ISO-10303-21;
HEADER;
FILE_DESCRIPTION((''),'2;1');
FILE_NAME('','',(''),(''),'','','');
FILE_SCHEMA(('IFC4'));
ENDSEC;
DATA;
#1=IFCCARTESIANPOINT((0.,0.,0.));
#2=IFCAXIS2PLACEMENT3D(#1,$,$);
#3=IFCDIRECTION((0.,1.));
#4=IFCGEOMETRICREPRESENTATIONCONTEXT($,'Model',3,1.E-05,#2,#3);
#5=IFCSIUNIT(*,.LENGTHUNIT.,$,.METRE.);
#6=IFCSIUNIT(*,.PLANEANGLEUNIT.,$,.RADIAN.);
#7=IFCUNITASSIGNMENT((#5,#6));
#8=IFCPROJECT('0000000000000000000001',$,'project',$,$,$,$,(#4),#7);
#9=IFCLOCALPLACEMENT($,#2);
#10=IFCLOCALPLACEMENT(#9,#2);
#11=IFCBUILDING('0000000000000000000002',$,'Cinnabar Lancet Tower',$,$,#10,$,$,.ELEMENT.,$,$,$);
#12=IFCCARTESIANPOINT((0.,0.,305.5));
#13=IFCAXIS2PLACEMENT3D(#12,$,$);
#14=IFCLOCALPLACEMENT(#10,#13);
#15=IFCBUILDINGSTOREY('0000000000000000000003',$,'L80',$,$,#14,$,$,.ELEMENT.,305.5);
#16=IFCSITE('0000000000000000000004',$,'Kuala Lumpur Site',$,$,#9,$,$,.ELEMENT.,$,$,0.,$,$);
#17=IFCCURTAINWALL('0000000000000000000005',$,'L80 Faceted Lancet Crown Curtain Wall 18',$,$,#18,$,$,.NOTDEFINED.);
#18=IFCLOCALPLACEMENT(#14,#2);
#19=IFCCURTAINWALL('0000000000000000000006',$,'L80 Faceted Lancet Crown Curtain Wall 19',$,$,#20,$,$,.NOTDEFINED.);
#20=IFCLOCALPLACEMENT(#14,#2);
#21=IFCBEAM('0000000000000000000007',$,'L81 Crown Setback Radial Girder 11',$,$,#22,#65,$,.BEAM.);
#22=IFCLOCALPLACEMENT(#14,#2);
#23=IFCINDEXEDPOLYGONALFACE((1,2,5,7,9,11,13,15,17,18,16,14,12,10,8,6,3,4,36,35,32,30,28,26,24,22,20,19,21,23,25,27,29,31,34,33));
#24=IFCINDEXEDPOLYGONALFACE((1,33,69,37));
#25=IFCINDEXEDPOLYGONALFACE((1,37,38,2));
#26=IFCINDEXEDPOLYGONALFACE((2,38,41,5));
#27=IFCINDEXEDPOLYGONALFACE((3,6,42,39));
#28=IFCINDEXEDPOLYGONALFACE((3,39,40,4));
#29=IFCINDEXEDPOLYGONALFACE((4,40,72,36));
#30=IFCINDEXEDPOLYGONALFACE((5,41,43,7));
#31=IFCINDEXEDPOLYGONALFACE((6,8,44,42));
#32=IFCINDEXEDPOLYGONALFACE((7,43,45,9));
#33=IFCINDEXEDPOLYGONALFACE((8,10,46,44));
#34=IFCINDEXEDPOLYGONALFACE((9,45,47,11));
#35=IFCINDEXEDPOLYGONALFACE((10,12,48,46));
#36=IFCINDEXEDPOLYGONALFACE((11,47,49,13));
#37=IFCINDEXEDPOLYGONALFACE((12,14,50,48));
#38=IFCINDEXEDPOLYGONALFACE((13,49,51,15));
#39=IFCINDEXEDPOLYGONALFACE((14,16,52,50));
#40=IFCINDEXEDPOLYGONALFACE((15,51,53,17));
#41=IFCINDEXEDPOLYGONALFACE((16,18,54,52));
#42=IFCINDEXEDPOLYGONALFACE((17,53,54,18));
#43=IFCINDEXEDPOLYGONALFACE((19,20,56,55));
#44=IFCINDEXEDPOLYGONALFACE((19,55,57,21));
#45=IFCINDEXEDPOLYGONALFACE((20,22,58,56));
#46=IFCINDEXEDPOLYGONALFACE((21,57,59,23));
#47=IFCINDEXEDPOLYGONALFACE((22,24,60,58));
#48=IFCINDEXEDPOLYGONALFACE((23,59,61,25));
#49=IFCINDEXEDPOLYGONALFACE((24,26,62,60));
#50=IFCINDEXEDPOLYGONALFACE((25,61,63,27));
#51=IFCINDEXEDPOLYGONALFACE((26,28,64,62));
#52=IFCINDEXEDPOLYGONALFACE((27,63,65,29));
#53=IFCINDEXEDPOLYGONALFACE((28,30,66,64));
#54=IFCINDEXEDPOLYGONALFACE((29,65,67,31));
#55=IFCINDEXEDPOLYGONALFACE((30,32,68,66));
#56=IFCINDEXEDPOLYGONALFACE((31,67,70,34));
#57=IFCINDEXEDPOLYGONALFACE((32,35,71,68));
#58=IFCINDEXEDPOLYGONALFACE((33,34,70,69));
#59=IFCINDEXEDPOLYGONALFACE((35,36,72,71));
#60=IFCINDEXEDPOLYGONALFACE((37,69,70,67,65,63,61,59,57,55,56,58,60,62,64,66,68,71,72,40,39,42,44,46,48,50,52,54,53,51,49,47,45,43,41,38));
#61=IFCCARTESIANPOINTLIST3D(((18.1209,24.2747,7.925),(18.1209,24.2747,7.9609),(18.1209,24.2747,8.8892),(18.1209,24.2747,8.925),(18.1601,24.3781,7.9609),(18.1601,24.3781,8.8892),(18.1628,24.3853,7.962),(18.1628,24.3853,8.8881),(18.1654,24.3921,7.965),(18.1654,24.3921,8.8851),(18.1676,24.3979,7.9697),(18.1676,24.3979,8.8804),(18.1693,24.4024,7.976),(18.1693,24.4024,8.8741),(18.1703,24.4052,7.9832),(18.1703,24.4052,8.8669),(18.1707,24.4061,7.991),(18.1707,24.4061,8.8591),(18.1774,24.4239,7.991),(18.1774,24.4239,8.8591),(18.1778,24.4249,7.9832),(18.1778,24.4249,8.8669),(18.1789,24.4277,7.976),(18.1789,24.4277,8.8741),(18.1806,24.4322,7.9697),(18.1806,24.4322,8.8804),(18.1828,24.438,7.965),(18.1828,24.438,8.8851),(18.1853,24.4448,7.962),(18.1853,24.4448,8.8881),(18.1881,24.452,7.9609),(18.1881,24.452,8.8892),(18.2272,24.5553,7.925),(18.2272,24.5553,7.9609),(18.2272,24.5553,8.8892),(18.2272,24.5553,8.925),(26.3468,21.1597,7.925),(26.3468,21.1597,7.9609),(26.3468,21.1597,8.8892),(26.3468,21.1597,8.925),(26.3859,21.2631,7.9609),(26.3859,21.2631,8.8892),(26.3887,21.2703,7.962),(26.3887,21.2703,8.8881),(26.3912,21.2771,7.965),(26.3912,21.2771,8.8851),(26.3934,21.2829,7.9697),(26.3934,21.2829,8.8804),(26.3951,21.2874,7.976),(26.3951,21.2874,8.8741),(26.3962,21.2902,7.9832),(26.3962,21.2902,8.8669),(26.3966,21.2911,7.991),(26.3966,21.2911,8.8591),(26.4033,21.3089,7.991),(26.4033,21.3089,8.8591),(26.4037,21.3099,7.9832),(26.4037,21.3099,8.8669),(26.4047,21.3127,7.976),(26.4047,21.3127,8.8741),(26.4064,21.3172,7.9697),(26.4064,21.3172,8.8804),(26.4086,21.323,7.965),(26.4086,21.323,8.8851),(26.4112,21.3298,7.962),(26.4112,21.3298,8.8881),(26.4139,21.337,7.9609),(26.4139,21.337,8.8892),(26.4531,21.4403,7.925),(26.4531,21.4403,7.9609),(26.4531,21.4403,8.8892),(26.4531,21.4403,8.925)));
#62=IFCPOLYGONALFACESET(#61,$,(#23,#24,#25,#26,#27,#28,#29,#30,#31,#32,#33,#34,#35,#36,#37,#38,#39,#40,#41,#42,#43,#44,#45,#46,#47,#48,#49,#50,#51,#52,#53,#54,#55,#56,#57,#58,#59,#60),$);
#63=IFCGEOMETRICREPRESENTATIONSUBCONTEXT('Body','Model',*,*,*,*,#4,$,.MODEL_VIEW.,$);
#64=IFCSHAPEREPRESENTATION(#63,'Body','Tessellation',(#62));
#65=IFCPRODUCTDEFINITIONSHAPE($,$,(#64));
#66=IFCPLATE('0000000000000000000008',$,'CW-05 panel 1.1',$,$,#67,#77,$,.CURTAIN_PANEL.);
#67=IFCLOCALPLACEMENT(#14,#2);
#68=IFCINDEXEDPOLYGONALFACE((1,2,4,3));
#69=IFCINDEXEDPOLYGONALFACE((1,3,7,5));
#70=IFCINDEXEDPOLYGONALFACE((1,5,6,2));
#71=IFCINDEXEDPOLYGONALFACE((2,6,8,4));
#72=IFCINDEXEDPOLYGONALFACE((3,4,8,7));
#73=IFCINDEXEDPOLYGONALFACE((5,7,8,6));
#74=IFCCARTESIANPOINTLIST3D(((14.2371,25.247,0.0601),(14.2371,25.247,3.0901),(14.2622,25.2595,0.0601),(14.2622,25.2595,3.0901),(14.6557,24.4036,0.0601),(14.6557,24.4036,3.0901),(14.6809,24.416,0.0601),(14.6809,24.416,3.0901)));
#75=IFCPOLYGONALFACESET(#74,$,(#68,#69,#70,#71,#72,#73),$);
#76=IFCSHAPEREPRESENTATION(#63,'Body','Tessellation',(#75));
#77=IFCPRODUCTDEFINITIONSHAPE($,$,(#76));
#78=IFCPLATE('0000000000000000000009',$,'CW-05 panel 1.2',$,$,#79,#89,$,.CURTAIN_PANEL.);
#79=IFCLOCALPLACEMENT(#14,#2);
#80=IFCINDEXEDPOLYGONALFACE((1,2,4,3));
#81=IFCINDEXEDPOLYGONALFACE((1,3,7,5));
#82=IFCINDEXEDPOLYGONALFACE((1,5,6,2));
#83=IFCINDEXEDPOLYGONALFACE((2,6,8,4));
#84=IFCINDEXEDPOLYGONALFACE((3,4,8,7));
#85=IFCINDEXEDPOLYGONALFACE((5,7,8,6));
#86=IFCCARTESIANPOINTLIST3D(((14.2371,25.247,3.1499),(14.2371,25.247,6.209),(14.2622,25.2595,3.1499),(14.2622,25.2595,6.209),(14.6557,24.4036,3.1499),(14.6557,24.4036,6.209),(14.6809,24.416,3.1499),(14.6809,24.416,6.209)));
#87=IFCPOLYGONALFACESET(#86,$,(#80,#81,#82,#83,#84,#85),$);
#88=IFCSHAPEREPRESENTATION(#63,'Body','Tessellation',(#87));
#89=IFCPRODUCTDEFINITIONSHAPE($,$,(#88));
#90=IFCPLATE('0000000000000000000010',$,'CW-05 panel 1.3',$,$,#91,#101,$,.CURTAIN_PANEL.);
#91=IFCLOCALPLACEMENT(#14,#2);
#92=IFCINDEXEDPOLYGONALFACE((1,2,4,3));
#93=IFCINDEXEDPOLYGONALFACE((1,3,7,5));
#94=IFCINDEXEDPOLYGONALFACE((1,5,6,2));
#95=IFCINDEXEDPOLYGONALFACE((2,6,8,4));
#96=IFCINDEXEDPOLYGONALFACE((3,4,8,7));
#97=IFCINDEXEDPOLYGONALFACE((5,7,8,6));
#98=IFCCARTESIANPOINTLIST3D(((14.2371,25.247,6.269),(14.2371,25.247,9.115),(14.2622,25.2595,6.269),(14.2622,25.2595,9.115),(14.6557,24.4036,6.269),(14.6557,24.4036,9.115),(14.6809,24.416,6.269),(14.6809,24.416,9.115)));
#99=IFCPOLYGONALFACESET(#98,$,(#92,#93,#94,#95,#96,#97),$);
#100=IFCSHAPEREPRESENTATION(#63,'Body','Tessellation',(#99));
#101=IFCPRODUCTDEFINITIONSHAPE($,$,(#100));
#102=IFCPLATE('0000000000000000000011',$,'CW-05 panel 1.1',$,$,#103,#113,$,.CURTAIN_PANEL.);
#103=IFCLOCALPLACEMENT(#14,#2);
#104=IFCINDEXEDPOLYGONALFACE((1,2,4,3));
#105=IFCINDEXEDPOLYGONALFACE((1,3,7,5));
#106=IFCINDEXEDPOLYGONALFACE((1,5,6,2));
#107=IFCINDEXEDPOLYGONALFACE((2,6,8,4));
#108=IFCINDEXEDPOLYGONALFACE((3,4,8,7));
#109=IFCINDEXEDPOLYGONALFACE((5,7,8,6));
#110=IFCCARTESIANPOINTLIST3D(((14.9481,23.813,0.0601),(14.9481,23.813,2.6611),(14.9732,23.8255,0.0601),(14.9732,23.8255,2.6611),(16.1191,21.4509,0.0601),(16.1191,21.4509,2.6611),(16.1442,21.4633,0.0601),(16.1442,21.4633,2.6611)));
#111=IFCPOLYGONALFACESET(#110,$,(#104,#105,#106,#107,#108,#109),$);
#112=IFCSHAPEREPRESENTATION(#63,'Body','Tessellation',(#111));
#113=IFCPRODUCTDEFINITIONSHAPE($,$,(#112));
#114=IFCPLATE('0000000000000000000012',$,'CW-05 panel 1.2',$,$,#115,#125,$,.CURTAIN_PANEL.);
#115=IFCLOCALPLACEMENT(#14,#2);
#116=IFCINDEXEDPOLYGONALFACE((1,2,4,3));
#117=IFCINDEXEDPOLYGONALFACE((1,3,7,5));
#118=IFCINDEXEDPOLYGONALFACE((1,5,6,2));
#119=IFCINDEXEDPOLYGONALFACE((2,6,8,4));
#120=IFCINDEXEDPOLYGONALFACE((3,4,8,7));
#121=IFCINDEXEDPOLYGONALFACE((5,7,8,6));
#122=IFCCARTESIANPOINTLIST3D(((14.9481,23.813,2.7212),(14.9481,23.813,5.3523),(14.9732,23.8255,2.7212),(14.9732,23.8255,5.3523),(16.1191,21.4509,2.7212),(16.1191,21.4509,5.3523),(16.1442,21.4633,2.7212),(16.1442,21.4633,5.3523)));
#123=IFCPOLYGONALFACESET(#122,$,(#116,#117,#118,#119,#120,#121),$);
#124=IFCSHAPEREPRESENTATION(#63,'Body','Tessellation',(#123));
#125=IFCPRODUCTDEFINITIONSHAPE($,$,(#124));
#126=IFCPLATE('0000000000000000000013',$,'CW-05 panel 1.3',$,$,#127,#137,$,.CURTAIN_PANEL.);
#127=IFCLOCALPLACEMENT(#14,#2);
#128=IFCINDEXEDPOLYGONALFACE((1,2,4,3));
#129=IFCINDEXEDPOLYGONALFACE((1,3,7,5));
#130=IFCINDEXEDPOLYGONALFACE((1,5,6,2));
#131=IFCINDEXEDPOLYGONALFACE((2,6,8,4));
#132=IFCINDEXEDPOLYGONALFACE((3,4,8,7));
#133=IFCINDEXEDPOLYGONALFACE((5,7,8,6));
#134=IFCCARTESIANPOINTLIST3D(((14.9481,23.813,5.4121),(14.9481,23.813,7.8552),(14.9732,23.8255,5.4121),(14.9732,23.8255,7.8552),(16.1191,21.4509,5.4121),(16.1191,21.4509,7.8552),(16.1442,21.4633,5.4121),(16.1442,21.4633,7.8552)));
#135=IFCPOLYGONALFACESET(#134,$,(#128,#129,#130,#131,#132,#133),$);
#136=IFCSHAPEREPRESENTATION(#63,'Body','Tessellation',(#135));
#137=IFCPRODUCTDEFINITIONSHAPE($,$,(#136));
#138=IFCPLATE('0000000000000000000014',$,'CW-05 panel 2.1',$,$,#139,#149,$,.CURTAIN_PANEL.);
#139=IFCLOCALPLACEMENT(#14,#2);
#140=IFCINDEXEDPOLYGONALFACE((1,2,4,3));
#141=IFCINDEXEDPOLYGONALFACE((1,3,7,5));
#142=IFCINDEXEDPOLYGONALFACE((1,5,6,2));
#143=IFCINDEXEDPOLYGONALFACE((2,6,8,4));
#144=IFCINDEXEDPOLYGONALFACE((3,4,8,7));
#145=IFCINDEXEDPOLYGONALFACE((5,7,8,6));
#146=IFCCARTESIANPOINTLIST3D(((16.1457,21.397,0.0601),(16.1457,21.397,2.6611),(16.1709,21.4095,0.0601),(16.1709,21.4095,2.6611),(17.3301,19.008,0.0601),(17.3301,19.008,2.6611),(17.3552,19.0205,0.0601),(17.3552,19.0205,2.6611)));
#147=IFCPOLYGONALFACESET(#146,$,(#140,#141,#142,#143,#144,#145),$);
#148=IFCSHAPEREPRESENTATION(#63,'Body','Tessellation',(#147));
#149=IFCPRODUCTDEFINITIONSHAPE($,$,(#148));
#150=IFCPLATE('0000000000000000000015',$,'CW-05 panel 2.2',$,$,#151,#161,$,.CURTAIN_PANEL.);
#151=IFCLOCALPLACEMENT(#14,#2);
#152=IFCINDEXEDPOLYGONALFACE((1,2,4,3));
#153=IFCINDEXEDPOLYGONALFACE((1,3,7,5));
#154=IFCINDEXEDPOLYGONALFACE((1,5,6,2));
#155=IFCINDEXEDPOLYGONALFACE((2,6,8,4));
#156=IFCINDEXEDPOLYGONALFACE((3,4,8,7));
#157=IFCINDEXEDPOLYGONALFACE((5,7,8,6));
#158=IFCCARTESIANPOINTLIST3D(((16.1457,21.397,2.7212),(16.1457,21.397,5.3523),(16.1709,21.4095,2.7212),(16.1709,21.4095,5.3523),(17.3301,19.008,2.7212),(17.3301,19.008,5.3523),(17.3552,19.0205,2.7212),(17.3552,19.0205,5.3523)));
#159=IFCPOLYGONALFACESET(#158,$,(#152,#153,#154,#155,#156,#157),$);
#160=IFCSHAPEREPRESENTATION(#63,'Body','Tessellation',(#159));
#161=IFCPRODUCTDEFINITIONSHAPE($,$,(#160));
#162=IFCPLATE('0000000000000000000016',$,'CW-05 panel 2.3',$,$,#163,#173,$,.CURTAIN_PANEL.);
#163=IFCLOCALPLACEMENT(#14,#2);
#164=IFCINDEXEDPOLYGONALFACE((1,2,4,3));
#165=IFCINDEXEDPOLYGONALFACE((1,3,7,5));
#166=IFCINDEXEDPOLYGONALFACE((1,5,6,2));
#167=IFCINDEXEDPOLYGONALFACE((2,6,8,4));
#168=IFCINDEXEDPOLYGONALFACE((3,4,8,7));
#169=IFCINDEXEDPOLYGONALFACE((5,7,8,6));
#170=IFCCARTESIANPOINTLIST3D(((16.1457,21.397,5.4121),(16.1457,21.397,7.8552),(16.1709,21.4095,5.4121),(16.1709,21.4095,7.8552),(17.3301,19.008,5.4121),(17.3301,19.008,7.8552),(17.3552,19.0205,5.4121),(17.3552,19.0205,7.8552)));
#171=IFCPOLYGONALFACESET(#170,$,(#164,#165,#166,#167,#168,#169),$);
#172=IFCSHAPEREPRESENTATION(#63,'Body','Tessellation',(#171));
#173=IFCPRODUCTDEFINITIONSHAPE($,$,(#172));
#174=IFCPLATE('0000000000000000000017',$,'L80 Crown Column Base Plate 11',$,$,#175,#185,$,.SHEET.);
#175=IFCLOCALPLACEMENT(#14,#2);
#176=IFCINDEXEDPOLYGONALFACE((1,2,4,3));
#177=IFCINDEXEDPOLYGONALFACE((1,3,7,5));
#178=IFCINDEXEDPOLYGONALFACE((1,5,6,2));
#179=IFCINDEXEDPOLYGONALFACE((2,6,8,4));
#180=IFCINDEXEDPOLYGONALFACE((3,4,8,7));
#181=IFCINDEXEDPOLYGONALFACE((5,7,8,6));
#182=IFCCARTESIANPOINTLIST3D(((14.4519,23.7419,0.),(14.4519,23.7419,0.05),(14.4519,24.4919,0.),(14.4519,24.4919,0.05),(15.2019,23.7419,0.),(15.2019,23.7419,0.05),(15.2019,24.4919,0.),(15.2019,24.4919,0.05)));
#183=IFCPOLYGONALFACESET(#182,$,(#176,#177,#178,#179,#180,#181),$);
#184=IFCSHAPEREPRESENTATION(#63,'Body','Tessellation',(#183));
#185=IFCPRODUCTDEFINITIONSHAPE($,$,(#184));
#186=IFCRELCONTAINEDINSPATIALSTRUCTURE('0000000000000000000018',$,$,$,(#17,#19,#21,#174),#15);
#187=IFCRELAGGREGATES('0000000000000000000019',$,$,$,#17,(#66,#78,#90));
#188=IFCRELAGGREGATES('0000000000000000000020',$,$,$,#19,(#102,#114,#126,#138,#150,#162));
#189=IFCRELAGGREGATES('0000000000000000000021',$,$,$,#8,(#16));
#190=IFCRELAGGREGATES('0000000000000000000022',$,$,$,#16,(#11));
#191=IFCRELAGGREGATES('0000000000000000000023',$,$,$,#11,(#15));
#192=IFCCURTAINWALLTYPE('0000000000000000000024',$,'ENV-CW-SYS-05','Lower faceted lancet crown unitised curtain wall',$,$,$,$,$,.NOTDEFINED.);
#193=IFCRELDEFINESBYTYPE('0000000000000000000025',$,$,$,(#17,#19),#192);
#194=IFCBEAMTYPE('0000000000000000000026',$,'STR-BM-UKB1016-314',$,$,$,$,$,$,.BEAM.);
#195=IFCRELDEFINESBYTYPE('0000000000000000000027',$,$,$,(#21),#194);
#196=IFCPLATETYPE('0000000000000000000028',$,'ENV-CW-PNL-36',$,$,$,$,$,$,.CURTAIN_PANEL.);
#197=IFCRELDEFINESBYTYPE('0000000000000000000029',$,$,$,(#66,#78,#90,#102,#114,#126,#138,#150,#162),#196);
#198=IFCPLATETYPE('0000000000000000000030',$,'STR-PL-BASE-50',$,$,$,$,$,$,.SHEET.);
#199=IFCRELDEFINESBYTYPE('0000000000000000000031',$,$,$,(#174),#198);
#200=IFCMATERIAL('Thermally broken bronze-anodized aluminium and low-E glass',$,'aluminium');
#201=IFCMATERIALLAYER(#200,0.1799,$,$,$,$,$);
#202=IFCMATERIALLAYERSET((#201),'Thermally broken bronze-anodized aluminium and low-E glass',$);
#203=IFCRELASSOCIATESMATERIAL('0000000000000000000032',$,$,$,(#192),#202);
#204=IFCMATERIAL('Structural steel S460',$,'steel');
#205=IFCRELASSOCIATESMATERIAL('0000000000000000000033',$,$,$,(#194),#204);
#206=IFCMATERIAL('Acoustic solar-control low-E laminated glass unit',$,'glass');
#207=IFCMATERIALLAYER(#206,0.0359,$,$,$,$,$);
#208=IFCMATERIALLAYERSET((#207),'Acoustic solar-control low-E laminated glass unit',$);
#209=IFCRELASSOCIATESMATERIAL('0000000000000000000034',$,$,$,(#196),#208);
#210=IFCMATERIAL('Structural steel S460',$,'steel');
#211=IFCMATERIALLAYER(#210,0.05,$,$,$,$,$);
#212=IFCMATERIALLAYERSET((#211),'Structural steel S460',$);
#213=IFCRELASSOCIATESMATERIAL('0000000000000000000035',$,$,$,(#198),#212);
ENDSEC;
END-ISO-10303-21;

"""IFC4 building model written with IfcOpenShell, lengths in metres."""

from ifc_helpers import new_model, si_unit, direction, frame, origin, origin_2d, place, context, subcontext, project, spatial, rectangle, i_section, extrude, material, layer, layer_set, material_profile, profile_set, type_object, element, aggregate, save


model = new_model("IFC4")

# Units and contexts
model_context = context("Model", 3, precision=1e-05, world=origin(), true_north=direction((0.0, 1.0)))
body_context = subcontext(model_context, "Body", "Model", "MODEL_VIEW")
ifc_project = project(units=[si_unit("LENGTHUNIT", "METRE"), si_unit("PLANEANGLEUNIT", "RADIAN")], contexts=[model_context])

# Site, building, storey
site_placement = place(None, origin())
site = spatial("IfcSite", under=ifc_project, at=site_placement, Name="Kuala Lumpur Site", CompositionType="ELEMENT", RefElevation=0.0)
building_placement = place(site_placement, origin())
building = spatial("IfcBuilding", under=site, at=building_placement, Name="Cinnabar Lancet Tower", CompositionType="ELEMENT")
storey_placement = place(building_placement, frame((0.0, 0.0, 305.5)))
storey = spatial("IfcBuildingStorey", under=building, at=storey_placement, Name="L80", CompositionType="ELEMENT", Elevation=305.5)

# Curtain walls
ifc_material_1 = material(Name="Thermally broken bronze-anodized aluminium and low-E glass", Category="aluminium")
ifc_layer_1 = layer(ifc_material_1, 0.1799)
ifc_layer_set_1 = layer_set([ifc_layer_1], Name="Thermally broken bronze-anodized aluminium and low-E glass")
curtain_wall_type = type_object("IfcCurtainWallType", Name="ENV-CW-SYS-05", Description="Lower faceted lancet crown unitised curtain wall", PredefinedType="NOTDEFINED", material=ifc_layer_set_1)
curtain_wall_1_placement = place(storey_placement, origin())
curtain_wall_1 = element("IfcCurtainWall", 1, at=curtain_wall_1_placement, inside=storey, type_object=curtain_wall_type, Name="L80 Faceted Lancet Crown Curtain Wall 18", PredefinedType="NOTDEFINED")
curtain_wall_2_placement = place(storey_placement, origin())
curtain_wall_2 = element("IfcCurtainWall", 2, at=curtain_wall_2_placement, inside=storey, type_object=curtain_wall_type, Name="L80 Faceted Lancet Crown Curtain Wall 19", PredefinedType="NOTDEFINED")

# Beam
ifc_material_2 = material(Name="Structural steel S460", Category="steel")
ifc_material_profile_1 = material_profile(ifc_material_2, i_section(OverallWidth=0.3, OverallDepth=1.0, WebThickness=0.019, FlangeThickness=0.0359, FilletRadius=0.03, at=origin_2d()), Name="UKB 1016x305x314")
ifc_profile_set_1 = profile_set([ifc_material_profile_1], Name="Structural steel S460")
beam_type = type_object("IfcBeamType", Name="STR-BM-UKB1016-314", PredefinedType="BEAM", material=ifc_profile_set_1)
beam_1_placement = place(storey_placement, frame((18.1741, 24.415, 8.425), z_axis=(0.935192, -0.354142, 0.0), x_axis=(0.354142, 0.935192, 0.0)))
element("IfcBeam", 3, at=beam_1_placement, inside=storey, type_object=beam_type, Name="L81 Crown Setback Radial Girder 11", PredefinedType="BEAM", context=body_context, shape_type="SweptSolid", body=[
    extrude(i_section(OverallWidth=0.3, OverallDepth=1.0, WebThickness=0.019, FlangeThickness=0.0359, FilletRadius=0.03, at=origin_2d()), origin(), (0.0, 0.0, 1.0), 8.7959),
])

# Plates
ifc_material_3 = material(Name="Acoustic solar-control low-E laminated glass unit", Category="glass")
ifc_layer_2 = layer(ifc_material_3, 0.0359)
ifc_layer_set_2 = layer_set([ifc_layer_2], Name="Acoustic solar-control low-E laminated glass unit")
plate_type_1 = type_object("IfcPlateType", Name="ENV-CW-PNL-36", PredefinedType="CURTAIN_PANEL", material=ifc_layer_set_2)
plate_1_placement = place(storey_placement, frame((14.459, 24.8315, 0.0601), z_axis=(0.0, 0.0, 1.0), x_axis=(0.444574, -0.895742, 0.0)))
plate_1 = element("IfcPlate", 4, at=plate_1_placement, type_object=plate_type_1, Name="CW-05 panel 1.1", PredefinedType="CURTAIN_PANEL", context=body_context, shape_type="SweptSolid", body=[
    extrude(rectangle(XDim=0.9417, YDim=0.0281, at=origin_2d()), origin(), (0.0, 0.0, 1.0), 3.03),
])
plate_2_placement = place(storey_placement, frame((14.459, 24.8315, 3.1499), z_axis=(0.0, 0.0, 1.0), x_axis=(0.444574, -0.895742, 0.0)))
plate_2 = element("IfcPlate", 5, at=plate_2_placement, type_object=plate_type_1, Name="CW-05 panel 1.2", PredefinedType="CURTAIN_PANEL", context=body_context, shape_type="SweptSolid", body=[
    extrude(rectangle(XDim=0.9417, YDim=0.0281, at=origin_2d()), origin(), (0.0, 0.0, 1.0), 3.0591),
])
plate_3_placement = place(storey_placement, frame((14.459, 24.8315, 6.269), z_axis=(0.0, 0.0, 1.0), x_axis=(0.444574, -0.895742, 0.0)))
plate_3 = element("IfcPlate", 6, at=plate_3_placement, type_object=plate_type_1, Name="CW-05 panel 1.3", PredefinedType="CURTAIN_PANEL", context=body_context, shape_type="SweptSolid", body=[
    extrude(rectangle(XDim=0.9417, YDim=0.0281, at=origin_2d()), origin(), (0.0, 0.0, 1.0), 2.8459),
])
aggregate(curtain_wall_1, [plate_1, plate_2, plate_3])
plate_4_placement = place(storey_placement, frame((15.5461, 22.6382, 0.0601), z_axis=(0.0, 0.0, 1.0), x_axis=(0.444159, -0.895948, 0.0)))
plate_4 = element("IfcPlate", 7, at=plate_4_placement, type_object=plate_type_1, Name="CW-05 panel 1.1", PredefinedType="CURTAIN_PANEL", context=body_context, shape_type="SweptSolid", body=[
    extrude(rectangle(XDim=2.6365, YDim=0.0281, at=origin_2d()), origin(), (0.0, 0.0, 1.0), 2.6011),
])
plate_5_placement = place(storey_placement, frame((15.5461, 22.6382, 2.7212), z_axis=(0.0, 0.0, 1.0), x_axis=(0.444159, -0.895948, 0.0)))
plate_5 = element("IfcPlate", 8, at=plate_5_placement, type_object=plate_type_1, Name="CW-05 panel 1.2", PredefinedType="CURTAIN_PANEL", context=body_context, shape_type="SweptSolid", body=[
    extrude(rectangle(XDim=2.6365, YDim=0.0281, at=origin_2d()), origin(), (0.0, 0.0, 1.0), 2.6311),
])
plate_6_placement = place(storey_placement, frame((15.5461, 22.6382, 5.4121), z_axis=(0.0, 0.0, 1.0), x_axis=(0.444159, -0.895948, 0.0)))
plate_6 = element("IfcPlate", 9, at=plate_6_placement, type_object=plate_type_1, Name="CW-05 panel 1.3", PredefinedType="CURTAIN_PANEL", context=body_context, shape_type="SweptSolid", body=[
    extrude(rectangle(XDim=2.6365, YDim=0.0281, at=origin_2d()), origin(), (0.0, 0.0, 1.0), 2.4431),
])
plate_7_placement = place(storey_placement, frame((16.7505, 20.2087, 0.0601), z_axis=(0.0, 0.0, 1.0), x_axis=(0.444159, -0.895948, 0.0)))
plate_7 = element("IfcPlate", 10, at=plate_7_placement, type_object=plate_type_1, Name="CW-05 panel 2.1", PredefinedType="CURTAIN_PANEL", context=body_context, shape_type="SweptSolid", body=[
    extrude(rectangle(XDim=2.6665, YDim=0.0281, at=origin_2d()), origin(), (0.0, 0.0, 1.0), 2.6011),
])
plate_8_placement = place(storey_placement, frame((16.7505, 20.2087, 2.7212), z_axis=(0.0, 0.0, 1.0), x_axis=(0.444159, -0.895948, 0.0)))
plate_8 = element("IfcPlate", 11, at=plate_8_placement, type_object=plate_type_1, Name="CW-05 panel 2.2", PredefinedType="CURTAIN_PANEL", context=body_context, shape_type="SweptSolid", body=[
    extrude(rectangle(XDim=2.6665, YDim=0.0281, at=origin_2d()), origin(), (0.0, 0.0, 1.0), 2.6311),
])
plate_9_placement = place(storey_placement, frame((16.7505, 20.2087, 5.4121), z_axis=(0.0, 0.0, 1.0), x_axis=(0.444159, -0.895948, 0.0)))
plate_9 = element("IfcPlate", 12, at=plate_9_placement, type_object=plate_type_1, Name="CW-05 panel 2.3", PredefinedType="CURTAIN_PANEL", context=body_context, shape_type="SweptSolid", body=[
    extrude(rectangle(XDim=2.6665, YDim=0.0281, at=origin_2d()), origin(), (0.0, 0.0, 1.0), 2.4431),
])
aggregate(curtain_wall_2, [plate_4, plate_5, plate_6, plate_7, plate_8, plate_9])
ifc_material_4 = material(Name="Structural steel S460", Category="steel")
ifc_layer_3 = layer(ifc_material_4, 0.05)
ifc_layer_set_3 = layer_set([ifc_layer_3], Name="Structural steel S460")
plate_type_2 = type_object("IfcPlateType", Name="STR-PL-BASE-50", PredefinedType="SHEET", material=ifc_layer_set_3)
plate_10_placement = place(storey_placement, frame((14.8269, 24.1169, 0.0), z_axis=(0.0, 0.0, 1.0), x_axis=(1.0, 0.0, 0.0)))
element("IfcPlate", 13, at=plate_10_placement, inside=storey, type_object=plate_type_2, Name="L80 Crown Column Base Plate 11", PredefinedType="SHEET", context=body_context, shape_type="SweptSolid", body=[
    extrude(rectangle(XDim=0.75, YDim=0.75, at=origin_2d()), origin(), (0.0, 0.0, 1.0), 0.05),
])

save(model, "model.ifc")
